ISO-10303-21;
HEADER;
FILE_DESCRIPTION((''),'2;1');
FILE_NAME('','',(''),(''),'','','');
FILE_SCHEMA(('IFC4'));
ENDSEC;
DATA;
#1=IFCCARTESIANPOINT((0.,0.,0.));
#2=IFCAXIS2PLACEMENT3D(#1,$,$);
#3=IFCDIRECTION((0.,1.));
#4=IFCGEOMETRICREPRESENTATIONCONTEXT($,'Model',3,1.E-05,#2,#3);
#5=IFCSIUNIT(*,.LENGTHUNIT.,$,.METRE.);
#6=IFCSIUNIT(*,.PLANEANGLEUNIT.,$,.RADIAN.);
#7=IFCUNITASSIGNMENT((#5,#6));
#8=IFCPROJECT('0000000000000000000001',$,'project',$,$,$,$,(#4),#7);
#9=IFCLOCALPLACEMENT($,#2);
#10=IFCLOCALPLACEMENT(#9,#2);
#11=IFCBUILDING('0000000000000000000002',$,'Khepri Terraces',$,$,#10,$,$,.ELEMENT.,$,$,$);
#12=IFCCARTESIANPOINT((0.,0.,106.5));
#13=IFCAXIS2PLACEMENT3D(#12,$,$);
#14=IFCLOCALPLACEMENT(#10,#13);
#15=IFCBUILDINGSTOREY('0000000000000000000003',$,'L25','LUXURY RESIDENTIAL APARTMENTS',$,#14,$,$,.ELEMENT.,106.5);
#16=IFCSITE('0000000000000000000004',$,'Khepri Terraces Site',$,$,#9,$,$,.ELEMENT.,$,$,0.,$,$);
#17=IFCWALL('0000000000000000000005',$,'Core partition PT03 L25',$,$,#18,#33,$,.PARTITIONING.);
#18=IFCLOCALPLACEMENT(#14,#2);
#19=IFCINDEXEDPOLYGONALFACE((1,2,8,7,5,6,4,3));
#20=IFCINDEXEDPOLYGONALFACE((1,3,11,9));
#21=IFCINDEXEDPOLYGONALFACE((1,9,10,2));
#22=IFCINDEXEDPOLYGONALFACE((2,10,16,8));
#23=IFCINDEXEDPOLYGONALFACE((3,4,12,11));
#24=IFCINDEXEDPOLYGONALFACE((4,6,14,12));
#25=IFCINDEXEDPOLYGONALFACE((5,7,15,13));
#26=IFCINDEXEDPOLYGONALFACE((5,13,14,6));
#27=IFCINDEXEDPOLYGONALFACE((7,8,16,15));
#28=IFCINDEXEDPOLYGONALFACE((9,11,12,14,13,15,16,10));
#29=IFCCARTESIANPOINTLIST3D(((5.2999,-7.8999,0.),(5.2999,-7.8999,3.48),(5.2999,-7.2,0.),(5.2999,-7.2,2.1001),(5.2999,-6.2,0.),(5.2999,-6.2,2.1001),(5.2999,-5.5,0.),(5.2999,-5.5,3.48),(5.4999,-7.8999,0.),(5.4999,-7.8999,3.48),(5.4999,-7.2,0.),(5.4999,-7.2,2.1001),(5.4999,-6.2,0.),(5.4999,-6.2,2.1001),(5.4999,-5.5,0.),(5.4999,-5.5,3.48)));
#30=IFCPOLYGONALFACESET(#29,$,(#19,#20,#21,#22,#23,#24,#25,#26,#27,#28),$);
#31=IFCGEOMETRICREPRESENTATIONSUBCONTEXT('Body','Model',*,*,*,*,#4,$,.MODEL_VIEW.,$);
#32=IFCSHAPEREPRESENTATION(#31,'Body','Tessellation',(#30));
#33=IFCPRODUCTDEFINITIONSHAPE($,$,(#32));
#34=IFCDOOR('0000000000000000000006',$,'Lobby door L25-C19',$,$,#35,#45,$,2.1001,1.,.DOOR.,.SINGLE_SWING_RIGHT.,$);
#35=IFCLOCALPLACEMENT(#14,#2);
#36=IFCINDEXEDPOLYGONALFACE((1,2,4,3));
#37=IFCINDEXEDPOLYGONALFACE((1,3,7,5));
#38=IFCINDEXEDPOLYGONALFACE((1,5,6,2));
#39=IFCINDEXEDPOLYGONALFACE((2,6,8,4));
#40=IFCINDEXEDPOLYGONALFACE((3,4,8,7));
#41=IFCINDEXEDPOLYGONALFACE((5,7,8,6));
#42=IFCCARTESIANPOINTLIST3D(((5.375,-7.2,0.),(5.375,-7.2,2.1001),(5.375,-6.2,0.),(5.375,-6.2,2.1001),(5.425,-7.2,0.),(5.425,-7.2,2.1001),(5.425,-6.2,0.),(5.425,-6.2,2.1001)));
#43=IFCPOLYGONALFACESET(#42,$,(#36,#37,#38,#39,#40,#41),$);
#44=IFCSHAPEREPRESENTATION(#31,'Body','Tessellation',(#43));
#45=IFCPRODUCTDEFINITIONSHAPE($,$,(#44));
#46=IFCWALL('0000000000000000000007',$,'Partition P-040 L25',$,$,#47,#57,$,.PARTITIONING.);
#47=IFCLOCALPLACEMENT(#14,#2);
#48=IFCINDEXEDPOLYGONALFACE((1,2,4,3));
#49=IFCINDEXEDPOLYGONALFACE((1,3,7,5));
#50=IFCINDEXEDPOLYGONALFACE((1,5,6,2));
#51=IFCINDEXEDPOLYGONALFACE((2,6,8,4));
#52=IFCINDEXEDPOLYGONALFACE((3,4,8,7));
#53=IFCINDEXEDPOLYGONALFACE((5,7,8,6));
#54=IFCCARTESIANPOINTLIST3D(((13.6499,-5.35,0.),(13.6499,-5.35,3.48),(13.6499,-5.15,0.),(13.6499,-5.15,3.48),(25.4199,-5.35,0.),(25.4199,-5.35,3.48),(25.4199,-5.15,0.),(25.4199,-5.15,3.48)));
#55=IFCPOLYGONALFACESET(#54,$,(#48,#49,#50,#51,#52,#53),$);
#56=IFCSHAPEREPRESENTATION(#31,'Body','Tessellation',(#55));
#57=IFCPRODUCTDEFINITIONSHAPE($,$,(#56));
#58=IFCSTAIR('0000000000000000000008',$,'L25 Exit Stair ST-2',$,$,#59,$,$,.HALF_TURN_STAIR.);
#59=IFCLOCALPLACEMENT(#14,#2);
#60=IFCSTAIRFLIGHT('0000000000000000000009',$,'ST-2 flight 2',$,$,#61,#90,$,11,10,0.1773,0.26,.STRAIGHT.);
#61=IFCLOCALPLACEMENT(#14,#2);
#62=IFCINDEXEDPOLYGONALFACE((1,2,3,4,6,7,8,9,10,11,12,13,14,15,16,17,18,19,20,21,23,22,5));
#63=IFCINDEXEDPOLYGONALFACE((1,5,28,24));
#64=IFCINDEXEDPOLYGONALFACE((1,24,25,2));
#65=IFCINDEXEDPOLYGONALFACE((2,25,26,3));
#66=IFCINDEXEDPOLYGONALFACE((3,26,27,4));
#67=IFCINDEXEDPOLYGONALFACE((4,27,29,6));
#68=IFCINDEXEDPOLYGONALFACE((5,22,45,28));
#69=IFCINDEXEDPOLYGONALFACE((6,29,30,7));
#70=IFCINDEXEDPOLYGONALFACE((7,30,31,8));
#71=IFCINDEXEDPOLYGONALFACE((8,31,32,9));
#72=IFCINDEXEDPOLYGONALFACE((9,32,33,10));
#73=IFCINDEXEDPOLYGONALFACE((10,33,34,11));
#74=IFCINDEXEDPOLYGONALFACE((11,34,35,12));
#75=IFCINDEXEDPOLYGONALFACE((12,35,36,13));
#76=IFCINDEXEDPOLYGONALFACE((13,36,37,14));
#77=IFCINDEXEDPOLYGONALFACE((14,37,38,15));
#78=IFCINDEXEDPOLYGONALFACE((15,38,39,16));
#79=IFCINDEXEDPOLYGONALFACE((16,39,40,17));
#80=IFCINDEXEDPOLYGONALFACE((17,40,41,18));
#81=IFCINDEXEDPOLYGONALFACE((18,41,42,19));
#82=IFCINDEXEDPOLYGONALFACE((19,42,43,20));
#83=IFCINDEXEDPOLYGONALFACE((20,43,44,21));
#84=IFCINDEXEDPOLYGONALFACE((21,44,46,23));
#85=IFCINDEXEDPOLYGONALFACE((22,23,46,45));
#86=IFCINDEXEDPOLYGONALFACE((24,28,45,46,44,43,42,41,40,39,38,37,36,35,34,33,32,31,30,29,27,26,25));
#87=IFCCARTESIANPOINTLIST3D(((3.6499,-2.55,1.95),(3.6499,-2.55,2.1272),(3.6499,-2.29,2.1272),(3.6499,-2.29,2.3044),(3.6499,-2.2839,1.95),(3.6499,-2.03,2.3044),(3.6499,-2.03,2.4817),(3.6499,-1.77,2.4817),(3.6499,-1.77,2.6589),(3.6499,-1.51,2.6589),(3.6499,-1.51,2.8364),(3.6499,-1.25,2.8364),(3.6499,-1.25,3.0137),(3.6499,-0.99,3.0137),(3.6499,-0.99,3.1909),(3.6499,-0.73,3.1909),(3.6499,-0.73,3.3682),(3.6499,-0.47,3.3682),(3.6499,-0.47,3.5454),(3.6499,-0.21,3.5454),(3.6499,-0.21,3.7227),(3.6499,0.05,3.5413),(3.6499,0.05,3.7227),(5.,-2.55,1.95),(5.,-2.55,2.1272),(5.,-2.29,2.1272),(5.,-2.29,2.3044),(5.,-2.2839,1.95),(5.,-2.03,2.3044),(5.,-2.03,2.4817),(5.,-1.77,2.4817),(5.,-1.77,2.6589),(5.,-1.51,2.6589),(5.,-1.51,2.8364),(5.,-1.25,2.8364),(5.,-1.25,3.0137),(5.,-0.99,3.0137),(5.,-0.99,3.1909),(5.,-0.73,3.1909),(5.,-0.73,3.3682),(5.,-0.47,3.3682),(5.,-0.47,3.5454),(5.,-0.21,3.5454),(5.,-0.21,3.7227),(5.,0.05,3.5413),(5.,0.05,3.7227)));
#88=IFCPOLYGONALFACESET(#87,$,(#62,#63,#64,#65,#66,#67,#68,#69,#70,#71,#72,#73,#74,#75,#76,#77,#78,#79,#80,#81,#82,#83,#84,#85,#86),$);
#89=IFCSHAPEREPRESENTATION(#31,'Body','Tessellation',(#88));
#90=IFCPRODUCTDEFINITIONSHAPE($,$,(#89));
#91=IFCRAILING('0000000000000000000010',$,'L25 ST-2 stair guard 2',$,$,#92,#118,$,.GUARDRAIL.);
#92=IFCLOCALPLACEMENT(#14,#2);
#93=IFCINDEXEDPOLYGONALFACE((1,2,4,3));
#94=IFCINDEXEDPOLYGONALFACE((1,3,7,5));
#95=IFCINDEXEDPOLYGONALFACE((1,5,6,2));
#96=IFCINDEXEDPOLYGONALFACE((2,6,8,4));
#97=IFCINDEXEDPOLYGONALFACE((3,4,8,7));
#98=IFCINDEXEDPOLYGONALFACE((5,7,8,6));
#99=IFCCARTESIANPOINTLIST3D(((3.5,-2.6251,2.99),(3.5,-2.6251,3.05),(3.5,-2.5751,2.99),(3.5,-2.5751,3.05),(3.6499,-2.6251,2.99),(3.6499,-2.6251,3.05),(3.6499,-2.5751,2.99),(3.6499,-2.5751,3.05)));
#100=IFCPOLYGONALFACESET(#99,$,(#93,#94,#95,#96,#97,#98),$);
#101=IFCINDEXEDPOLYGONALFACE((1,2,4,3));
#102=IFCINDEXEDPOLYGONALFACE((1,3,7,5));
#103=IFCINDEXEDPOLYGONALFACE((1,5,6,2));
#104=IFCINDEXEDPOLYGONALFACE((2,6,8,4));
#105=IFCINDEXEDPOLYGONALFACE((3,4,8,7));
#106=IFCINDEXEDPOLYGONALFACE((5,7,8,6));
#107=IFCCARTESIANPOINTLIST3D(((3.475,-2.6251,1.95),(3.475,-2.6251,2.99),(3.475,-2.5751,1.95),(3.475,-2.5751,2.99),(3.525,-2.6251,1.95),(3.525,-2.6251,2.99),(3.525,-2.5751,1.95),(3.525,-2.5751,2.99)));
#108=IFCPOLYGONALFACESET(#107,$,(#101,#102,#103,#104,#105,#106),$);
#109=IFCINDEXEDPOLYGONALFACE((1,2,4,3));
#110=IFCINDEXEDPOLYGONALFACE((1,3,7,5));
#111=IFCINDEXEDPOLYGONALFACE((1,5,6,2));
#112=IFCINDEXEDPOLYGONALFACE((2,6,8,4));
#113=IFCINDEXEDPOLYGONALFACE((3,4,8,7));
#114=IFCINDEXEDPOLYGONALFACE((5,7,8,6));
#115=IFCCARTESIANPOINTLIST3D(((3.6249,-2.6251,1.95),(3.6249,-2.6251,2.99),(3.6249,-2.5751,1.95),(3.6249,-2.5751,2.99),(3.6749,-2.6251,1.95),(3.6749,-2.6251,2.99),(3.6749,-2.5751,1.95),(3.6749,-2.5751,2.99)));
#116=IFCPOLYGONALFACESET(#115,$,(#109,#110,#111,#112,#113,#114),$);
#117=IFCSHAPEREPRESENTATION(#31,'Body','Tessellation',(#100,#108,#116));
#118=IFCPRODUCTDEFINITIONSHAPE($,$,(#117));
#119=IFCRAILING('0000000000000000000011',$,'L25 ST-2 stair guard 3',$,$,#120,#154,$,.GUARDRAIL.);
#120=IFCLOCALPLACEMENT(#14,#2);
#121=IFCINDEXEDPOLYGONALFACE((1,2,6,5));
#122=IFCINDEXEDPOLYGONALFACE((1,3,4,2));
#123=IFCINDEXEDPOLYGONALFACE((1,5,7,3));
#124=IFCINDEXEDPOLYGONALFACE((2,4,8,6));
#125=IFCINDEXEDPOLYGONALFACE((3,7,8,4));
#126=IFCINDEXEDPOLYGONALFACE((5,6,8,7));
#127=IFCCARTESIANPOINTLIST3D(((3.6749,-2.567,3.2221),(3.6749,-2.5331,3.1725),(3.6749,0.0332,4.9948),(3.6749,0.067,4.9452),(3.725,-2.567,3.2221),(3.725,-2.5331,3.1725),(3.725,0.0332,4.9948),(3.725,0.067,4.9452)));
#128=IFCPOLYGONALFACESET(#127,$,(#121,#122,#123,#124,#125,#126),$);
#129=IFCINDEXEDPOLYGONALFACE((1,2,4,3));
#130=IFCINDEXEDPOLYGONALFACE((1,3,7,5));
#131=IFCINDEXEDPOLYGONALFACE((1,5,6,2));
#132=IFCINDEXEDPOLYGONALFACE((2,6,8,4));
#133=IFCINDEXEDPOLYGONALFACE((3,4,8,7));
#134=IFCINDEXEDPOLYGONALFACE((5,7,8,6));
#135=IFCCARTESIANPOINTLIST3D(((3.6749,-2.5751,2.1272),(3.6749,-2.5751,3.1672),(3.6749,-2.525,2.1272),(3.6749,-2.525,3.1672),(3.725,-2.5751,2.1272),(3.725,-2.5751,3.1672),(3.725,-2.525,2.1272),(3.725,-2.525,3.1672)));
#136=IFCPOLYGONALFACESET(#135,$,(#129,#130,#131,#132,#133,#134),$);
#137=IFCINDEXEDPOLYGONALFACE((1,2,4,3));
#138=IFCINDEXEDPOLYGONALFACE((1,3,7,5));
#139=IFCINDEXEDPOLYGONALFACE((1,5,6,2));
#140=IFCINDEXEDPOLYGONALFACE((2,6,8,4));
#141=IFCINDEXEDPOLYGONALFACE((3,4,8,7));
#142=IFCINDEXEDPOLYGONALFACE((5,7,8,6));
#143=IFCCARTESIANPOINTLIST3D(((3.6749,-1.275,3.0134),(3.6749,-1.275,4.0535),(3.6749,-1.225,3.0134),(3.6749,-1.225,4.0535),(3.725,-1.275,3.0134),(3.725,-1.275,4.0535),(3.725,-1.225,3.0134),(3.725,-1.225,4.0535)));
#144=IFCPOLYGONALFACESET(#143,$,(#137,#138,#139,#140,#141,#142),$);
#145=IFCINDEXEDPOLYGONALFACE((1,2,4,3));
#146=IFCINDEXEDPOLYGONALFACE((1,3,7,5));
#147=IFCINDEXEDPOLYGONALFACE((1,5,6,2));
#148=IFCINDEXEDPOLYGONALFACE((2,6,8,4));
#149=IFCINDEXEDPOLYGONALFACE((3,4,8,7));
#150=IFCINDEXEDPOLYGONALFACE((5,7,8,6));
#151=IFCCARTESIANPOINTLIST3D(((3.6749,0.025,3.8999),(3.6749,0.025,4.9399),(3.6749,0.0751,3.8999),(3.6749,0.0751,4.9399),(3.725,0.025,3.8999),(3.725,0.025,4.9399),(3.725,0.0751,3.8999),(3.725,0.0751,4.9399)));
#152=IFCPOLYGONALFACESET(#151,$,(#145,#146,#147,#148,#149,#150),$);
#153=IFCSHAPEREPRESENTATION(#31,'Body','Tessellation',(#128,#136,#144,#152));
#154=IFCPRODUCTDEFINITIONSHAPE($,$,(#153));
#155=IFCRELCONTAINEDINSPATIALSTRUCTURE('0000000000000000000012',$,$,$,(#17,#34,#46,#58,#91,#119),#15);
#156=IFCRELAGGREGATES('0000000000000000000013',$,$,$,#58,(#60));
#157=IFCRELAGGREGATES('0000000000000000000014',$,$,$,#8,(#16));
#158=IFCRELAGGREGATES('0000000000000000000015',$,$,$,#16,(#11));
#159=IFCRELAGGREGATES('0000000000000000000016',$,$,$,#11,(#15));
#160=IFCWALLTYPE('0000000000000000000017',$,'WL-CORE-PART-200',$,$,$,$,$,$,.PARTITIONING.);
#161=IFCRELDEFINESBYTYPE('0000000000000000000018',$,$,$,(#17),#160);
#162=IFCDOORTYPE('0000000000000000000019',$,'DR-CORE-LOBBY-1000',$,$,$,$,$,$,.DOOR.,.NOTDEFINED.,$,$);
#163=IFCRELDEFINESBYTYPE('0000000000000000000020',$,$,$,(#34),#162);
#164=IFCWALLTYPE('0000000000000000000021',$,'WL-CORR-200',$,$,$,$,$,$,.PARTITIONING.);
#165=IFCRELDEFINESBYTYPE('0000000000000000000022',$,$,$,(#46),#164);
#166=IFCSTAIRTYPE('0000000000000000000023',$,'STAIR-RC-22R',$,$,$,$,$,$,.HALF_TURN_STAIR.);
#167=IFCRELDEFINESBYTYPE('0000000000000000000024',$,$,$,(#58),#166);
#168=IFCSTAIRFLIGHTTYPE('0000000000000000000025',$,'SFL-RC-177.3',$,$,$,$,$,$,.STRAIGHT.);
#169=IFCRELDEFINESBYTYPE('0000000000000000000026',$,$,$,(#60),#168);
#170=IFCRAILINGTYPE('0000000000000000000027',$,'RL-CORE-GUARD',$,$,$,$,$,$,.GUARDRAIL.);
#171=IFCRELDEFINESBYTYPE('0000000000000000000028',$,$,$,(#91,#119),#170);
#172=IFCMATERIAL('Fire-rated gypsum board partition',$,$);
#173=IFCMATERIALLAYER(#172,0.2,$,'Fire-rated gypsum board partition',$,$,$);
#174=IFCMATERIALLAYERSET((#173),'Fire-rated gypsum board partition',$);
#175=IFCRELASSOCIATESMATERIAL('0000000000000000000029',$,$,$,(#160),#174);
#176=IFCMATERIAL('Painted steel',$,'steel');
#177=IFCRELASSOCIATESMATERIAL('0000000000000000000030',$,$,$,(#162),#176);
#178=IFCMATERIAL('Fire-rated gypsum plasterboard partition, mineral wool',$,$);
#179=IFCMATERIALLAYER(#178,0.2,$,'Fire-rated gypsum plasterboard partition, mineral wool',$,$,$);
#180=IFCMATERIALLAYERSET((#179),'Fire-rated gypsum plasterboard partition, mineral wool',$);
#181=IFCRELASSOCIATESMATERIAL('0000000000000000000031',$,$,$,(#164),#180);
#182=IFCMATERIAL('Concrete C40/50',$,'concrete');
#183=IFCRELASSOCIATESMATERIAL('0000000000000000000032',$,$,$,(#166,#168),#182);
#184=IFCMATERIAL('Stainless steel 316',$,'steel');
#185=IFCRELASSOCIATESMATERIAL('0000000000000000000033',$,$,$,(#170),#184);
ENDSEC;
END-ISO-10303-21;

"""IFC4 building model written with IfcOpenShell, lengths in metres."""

from ifc_helpers import new_model, si_unit, direction, frame, frame_2d, origin, origin_2d, place, context, subcontext, project, spatial, polyline, rectangle, outline, extrude, material, layer, layer_set, type_object, element, fill, aggregate, save


model = new_model("IFC4")

# Units and contexts
model_context = context("Model", 3, precision=1e-05, world=origin(), true_north=direction((0.0, 1.0)))
body_context = subcontext(model_context, "Body", "Model", "MODEL_VIEW")
ifc_project = project(units=[si_unit("LENGTHUNIT", "METRE"), si_unit("PLANEANGLEUNIT", "RADIAN")], contexts=[model_context])

# Site, building, storey
site_placement = place(None, origin())
site = spatial("IfcSite", under=ifc_project, at=site_placement, Name="Khepri Terraces Site", CompositionType="ELEMENT", RefElevation=0.0)
building_placement = place(site_placement, origin())
building = spatial("IfcBuilding", under=site, at=building_placement, Name="Khepri Terraces", CompositionType="ELEMENT")
storey_placement = place(building_placement, frame((0.0, 0.0, 106.5)))
storey = spatial("IfcBuildingStorey", under=building, at=storey_placement, Name="L25", Description="LUXURY RESIDENTIAL APARTMENTS", CompositionType="ELEMENT", Elevation=106.5)

# Shared definitions
ifc_material_1 = material(Name="Painted steel", Category="steel")

# Shared definitions
ifc_material_2 = material(Name="Fire-rated gypsum board partition")

# Wall, opening, door
ifc_layer_1 = layer(ifc_material_2, 0.2, Name="Fire-rated gypsum board partition")
ifc_layer_set_1 = layer_set([ifc_layer_1], Name="Fire-rated gypsum board partition")
wall_type_1 = type_object("IfcWallType", Name="WL-CORE-PART-200", PredefinedType="PARTITIONING", material=ifc_layer_set_1)
wall_1_placement = place(storey_placement, frame((5.3999, -7.8999, 0.0), z_axis=(0.0, 0.0, 1.0), x_axis=(0.0, 1.0, 0.0)))
wall_1 = element("IfcWall", 1, at=wall_1_placement, inside=storey, type_object=wall_type_1, Name="Core partition PT03 L25", PredefinedType="PARTITIONING", context=body_context, shape_type="SweptSolid", body=[
    extrude(rectangle(XDim=2.3999, YDim=0.2, at=frame_2d((1.2, 0.0))), origin(), (0.0, 0.0, 1.0), 3.48),
])
opening_1_placement = place(wall_1_placement, frame((0.7, 0.0, 0.0)))
opening_1 = element("IfcOpeningElement", 2, at=opening_1_placement, cuts=wall_1, PredefinedType="OPENING", context=body_context, shape_type="SweptSolid", body=[
    extrude(rectangle(XDim=1.0, YDim=2.1001, at=frame_2d((0.5, 1.05))), frame((0.0, 0.1099, 0.0), z_axis=(0.0, -1.0, 0.0), x_axis=(1.0, 0.0, 0.0)), (0.0, 0.0, 1.0), 0.22),
])
door_type_1 = type_object("IfcDoorType", Name="DR-CORE-LOBBY-1000", OperationType="NOTDEFINED", PredefinedType="DOOR", material=ifc_material_1)
door_1_placement = place(opening_1_placement, origin())
door_1 = element("IfcDoor", 3, at=door_1_placement, inside=storey, type_object=door_type_1, Name="Lobby door L25-C19", OperationType="SINGLE_SWING_RIGHT", OverallHeight=2.1001, OverallWidth=1.0, PredefinedType="DOOR", context=body_context, shape_type="SweptSolid", body=[
    extrude(rectangle(XDim=1.0, YDim=2.1001, at=frame_2d((0.5, 1.05))), frame((0.0, 0.0249, 0.0), z_axis=(0.0, -1.0, 0.0), x_axis=(1.0, 0.0, 0.0)), (0.0, 0.0, 1.0), 0.05),
])
fill(opening_1, door_1)

# Wall
ifc_material_3 = material(Name="Fire-rated gypsum plasterboard partition, mineral wool")
ifc_layer_2 = layer(ifc_material_3, 0.2, Name="Fire-rated gypsum plasterboard partition, mineral wool")
ifc_layer_set_2 = layer_set([ifc_layer_2], Name="Fire-rated gypsum plasterboard partition, mineral wool")
wall_type_2 = type_object("IfcWallType", Name="WL-CORR-200", PredefinedType="PARTITIONING", material=ifc_layer_set_2)
wall_2_placement = place(storey_placement, frame((13.6499, -5.25, 0.0), z_axis=(0.0, 0.0, 1.0), x_axis=(1.0, 0.0, 0.0)))
element("IfcWall", 4, at=wall_2_placement, inside=storey, type_object=wall_type_2, Name="Partition P-040 L25", PredefinedType="PARTITIONING", context=body_context, shape_type="SweptSolid", body=[
    extrude(rectangle(XDim=11.77, YDim=0.2, at=frame_2d((5.885, 0.0))), origin(), (0.0, 0.0, 1.0), 3.48),
])

# Stair, stair flight
ifc_material_4 = material(Name="Concrete C40/50", Category="concrete")
stair_type = type_object("IfcStairType", Name="STAIR-RC-22R", PredefinedType="HALF_TURN_STAIR", material=ifc_material_4)
stair_placement = place(storey_placement, origin())
stair = element("IfcStair", 5, at=stair_placement, inside=storey, type_object=stair_type, Name="L25 Exit Stair ST-2", PredefinedType="HALF_TURN_STAIR")
stair_flight_type = type_object("IfcStairFlightType", Name="SFL-RC-177.3", PredefinedType="STRAIGHT", material=ifc_material_4)
stair_flight_placement = place(storey_placement, frame((4.325, -2.55, 1.95), z_axis=(0.0, 0.0, 1.0), x_axis=(0.0, 1.0, 0.0)))
stair_flight = element("IfcStairFlight", 6, at=stair_flight_placement, type_object=stair_flight_type, Name="ST-2 flight 2", NumberOfRisers=11, NumberOfTreads=10, PredefinedType="STRAIGHT", RiserHeight=0.1773, TreadLength=0.26, context=body_context, shape_type="SweptSolid", body=[
    extrude(outline(polyline([(0.0, 0.0), (0.0, 0.1772), (0.26, 0.1772), (0.26, 0.3545), (0.52, 0.3545), (0.52, 0.5317), (0.78, 0.5317), (0.78, 0.709), (1.04, 0.709), (1.04, 0.8865), (1.3, 0.8865), (1.3, 1.0637), (1.5601, 1.0637), (1.5601, 1.241), (1.8201, 1.241), (1.8201, 1.4182), (2.0801, 1.4182), (2.0801, 1.5955), (2.3401, 1.5955), (2.3401, 1.7727), (2.6001, 1.7727), (2.6001, 1.95), (2.6001, 1.5913), (0.2661, 0.0), (0.0, 0.0)])), frame((0.0, 0.675, 0.0), z_axis=(0.0, -1.0, 0.0), x_axis=(1.0, 0.0, 0.0)), (0.0, 0.0, 1.0), 1.3501),
])
aggregate(stair, [stair_flight])

# Railings
ifc_material_5 = material(Name="Stainless steel 316", Category="steel")
railing_type = type_object("IfcRailingType", Name="RL-CORE-GUARD", PredefinedType="GUARDRAIL", material=ifc_material_5)
railing_1_placement = place(storey_placement, frame((3.5, -2.6001, 1.95)))
element("IfcRailing", 7, at=railing_1_placement, inside=storey, type_object=railing_type, Name="L25 ST-2 stair guard 2", PredefinedType="GUARDRAIL", context=body_context, shape_type="SweptSolid", body=[
    extrude(rectangle(XDim=0.05, YDim=0.0601, at=origin_2d()), frame((0.0, 0.0, 1.0701), z_axis=(1.0, 0.0, 0.0), x_axis=(0.0, 1.0, 0.0)), (0.0, 0.0, 1.0), 0.1499),
    extrude(rectangle(XDim=0.05, YDim=0.05, at=origin_2d()), origin(), (0.0, 0.0, 1.0), 1.04),
    extrude(rectangle(XDim=0.05, YDim=0.05, at=origin_2d()), frame((0.1499, 0.0, 0.0)), (0.0, 0.0, 1.0), 1.04),
])
railing_2_placement = place(storey_placement, frame((3.7, -2.55, 2.1272)))
element("IfcRailing", 8, at=railing_2_placement, inside=storey, type_object=railing_type, Name="L25 ST-2 stair guard 3", PredefinedType="GUARDRAIL", context=body_context, shape_type="SweptSolid", body=[
    extrude(rectangle(XDim=0.05, YDim=0.0601, at=origin_2d()), frame((0.0, 0.0, 1.0701), z_axis=(0.0, 0.82624, 0.563318), x_axis=(-1.0, 0.0, 0.0)), (0.0, 0.0, 1.0), 3.147),
    extrude(rectangle(XDim=0.05, YDim=0.05, at=origin_2d()), origin(), (0.0, 0.0, 1.0), 1.04),
    extrude(rectangle(XDim=0.05, YDim=0.05, at=origin_2d()), frame((0.0, 1.3, 0.8862)), (0.0, 0.0, 1.0), 1.04),
    extrude(rectangle(XDim=0.05, YDim=0.05, at=origin_2d()), frame((0.0, 2.6001, 1.7727)), (0.0, 0.0, 1.0), 1.04),
])

save(model, "model.ifc")
